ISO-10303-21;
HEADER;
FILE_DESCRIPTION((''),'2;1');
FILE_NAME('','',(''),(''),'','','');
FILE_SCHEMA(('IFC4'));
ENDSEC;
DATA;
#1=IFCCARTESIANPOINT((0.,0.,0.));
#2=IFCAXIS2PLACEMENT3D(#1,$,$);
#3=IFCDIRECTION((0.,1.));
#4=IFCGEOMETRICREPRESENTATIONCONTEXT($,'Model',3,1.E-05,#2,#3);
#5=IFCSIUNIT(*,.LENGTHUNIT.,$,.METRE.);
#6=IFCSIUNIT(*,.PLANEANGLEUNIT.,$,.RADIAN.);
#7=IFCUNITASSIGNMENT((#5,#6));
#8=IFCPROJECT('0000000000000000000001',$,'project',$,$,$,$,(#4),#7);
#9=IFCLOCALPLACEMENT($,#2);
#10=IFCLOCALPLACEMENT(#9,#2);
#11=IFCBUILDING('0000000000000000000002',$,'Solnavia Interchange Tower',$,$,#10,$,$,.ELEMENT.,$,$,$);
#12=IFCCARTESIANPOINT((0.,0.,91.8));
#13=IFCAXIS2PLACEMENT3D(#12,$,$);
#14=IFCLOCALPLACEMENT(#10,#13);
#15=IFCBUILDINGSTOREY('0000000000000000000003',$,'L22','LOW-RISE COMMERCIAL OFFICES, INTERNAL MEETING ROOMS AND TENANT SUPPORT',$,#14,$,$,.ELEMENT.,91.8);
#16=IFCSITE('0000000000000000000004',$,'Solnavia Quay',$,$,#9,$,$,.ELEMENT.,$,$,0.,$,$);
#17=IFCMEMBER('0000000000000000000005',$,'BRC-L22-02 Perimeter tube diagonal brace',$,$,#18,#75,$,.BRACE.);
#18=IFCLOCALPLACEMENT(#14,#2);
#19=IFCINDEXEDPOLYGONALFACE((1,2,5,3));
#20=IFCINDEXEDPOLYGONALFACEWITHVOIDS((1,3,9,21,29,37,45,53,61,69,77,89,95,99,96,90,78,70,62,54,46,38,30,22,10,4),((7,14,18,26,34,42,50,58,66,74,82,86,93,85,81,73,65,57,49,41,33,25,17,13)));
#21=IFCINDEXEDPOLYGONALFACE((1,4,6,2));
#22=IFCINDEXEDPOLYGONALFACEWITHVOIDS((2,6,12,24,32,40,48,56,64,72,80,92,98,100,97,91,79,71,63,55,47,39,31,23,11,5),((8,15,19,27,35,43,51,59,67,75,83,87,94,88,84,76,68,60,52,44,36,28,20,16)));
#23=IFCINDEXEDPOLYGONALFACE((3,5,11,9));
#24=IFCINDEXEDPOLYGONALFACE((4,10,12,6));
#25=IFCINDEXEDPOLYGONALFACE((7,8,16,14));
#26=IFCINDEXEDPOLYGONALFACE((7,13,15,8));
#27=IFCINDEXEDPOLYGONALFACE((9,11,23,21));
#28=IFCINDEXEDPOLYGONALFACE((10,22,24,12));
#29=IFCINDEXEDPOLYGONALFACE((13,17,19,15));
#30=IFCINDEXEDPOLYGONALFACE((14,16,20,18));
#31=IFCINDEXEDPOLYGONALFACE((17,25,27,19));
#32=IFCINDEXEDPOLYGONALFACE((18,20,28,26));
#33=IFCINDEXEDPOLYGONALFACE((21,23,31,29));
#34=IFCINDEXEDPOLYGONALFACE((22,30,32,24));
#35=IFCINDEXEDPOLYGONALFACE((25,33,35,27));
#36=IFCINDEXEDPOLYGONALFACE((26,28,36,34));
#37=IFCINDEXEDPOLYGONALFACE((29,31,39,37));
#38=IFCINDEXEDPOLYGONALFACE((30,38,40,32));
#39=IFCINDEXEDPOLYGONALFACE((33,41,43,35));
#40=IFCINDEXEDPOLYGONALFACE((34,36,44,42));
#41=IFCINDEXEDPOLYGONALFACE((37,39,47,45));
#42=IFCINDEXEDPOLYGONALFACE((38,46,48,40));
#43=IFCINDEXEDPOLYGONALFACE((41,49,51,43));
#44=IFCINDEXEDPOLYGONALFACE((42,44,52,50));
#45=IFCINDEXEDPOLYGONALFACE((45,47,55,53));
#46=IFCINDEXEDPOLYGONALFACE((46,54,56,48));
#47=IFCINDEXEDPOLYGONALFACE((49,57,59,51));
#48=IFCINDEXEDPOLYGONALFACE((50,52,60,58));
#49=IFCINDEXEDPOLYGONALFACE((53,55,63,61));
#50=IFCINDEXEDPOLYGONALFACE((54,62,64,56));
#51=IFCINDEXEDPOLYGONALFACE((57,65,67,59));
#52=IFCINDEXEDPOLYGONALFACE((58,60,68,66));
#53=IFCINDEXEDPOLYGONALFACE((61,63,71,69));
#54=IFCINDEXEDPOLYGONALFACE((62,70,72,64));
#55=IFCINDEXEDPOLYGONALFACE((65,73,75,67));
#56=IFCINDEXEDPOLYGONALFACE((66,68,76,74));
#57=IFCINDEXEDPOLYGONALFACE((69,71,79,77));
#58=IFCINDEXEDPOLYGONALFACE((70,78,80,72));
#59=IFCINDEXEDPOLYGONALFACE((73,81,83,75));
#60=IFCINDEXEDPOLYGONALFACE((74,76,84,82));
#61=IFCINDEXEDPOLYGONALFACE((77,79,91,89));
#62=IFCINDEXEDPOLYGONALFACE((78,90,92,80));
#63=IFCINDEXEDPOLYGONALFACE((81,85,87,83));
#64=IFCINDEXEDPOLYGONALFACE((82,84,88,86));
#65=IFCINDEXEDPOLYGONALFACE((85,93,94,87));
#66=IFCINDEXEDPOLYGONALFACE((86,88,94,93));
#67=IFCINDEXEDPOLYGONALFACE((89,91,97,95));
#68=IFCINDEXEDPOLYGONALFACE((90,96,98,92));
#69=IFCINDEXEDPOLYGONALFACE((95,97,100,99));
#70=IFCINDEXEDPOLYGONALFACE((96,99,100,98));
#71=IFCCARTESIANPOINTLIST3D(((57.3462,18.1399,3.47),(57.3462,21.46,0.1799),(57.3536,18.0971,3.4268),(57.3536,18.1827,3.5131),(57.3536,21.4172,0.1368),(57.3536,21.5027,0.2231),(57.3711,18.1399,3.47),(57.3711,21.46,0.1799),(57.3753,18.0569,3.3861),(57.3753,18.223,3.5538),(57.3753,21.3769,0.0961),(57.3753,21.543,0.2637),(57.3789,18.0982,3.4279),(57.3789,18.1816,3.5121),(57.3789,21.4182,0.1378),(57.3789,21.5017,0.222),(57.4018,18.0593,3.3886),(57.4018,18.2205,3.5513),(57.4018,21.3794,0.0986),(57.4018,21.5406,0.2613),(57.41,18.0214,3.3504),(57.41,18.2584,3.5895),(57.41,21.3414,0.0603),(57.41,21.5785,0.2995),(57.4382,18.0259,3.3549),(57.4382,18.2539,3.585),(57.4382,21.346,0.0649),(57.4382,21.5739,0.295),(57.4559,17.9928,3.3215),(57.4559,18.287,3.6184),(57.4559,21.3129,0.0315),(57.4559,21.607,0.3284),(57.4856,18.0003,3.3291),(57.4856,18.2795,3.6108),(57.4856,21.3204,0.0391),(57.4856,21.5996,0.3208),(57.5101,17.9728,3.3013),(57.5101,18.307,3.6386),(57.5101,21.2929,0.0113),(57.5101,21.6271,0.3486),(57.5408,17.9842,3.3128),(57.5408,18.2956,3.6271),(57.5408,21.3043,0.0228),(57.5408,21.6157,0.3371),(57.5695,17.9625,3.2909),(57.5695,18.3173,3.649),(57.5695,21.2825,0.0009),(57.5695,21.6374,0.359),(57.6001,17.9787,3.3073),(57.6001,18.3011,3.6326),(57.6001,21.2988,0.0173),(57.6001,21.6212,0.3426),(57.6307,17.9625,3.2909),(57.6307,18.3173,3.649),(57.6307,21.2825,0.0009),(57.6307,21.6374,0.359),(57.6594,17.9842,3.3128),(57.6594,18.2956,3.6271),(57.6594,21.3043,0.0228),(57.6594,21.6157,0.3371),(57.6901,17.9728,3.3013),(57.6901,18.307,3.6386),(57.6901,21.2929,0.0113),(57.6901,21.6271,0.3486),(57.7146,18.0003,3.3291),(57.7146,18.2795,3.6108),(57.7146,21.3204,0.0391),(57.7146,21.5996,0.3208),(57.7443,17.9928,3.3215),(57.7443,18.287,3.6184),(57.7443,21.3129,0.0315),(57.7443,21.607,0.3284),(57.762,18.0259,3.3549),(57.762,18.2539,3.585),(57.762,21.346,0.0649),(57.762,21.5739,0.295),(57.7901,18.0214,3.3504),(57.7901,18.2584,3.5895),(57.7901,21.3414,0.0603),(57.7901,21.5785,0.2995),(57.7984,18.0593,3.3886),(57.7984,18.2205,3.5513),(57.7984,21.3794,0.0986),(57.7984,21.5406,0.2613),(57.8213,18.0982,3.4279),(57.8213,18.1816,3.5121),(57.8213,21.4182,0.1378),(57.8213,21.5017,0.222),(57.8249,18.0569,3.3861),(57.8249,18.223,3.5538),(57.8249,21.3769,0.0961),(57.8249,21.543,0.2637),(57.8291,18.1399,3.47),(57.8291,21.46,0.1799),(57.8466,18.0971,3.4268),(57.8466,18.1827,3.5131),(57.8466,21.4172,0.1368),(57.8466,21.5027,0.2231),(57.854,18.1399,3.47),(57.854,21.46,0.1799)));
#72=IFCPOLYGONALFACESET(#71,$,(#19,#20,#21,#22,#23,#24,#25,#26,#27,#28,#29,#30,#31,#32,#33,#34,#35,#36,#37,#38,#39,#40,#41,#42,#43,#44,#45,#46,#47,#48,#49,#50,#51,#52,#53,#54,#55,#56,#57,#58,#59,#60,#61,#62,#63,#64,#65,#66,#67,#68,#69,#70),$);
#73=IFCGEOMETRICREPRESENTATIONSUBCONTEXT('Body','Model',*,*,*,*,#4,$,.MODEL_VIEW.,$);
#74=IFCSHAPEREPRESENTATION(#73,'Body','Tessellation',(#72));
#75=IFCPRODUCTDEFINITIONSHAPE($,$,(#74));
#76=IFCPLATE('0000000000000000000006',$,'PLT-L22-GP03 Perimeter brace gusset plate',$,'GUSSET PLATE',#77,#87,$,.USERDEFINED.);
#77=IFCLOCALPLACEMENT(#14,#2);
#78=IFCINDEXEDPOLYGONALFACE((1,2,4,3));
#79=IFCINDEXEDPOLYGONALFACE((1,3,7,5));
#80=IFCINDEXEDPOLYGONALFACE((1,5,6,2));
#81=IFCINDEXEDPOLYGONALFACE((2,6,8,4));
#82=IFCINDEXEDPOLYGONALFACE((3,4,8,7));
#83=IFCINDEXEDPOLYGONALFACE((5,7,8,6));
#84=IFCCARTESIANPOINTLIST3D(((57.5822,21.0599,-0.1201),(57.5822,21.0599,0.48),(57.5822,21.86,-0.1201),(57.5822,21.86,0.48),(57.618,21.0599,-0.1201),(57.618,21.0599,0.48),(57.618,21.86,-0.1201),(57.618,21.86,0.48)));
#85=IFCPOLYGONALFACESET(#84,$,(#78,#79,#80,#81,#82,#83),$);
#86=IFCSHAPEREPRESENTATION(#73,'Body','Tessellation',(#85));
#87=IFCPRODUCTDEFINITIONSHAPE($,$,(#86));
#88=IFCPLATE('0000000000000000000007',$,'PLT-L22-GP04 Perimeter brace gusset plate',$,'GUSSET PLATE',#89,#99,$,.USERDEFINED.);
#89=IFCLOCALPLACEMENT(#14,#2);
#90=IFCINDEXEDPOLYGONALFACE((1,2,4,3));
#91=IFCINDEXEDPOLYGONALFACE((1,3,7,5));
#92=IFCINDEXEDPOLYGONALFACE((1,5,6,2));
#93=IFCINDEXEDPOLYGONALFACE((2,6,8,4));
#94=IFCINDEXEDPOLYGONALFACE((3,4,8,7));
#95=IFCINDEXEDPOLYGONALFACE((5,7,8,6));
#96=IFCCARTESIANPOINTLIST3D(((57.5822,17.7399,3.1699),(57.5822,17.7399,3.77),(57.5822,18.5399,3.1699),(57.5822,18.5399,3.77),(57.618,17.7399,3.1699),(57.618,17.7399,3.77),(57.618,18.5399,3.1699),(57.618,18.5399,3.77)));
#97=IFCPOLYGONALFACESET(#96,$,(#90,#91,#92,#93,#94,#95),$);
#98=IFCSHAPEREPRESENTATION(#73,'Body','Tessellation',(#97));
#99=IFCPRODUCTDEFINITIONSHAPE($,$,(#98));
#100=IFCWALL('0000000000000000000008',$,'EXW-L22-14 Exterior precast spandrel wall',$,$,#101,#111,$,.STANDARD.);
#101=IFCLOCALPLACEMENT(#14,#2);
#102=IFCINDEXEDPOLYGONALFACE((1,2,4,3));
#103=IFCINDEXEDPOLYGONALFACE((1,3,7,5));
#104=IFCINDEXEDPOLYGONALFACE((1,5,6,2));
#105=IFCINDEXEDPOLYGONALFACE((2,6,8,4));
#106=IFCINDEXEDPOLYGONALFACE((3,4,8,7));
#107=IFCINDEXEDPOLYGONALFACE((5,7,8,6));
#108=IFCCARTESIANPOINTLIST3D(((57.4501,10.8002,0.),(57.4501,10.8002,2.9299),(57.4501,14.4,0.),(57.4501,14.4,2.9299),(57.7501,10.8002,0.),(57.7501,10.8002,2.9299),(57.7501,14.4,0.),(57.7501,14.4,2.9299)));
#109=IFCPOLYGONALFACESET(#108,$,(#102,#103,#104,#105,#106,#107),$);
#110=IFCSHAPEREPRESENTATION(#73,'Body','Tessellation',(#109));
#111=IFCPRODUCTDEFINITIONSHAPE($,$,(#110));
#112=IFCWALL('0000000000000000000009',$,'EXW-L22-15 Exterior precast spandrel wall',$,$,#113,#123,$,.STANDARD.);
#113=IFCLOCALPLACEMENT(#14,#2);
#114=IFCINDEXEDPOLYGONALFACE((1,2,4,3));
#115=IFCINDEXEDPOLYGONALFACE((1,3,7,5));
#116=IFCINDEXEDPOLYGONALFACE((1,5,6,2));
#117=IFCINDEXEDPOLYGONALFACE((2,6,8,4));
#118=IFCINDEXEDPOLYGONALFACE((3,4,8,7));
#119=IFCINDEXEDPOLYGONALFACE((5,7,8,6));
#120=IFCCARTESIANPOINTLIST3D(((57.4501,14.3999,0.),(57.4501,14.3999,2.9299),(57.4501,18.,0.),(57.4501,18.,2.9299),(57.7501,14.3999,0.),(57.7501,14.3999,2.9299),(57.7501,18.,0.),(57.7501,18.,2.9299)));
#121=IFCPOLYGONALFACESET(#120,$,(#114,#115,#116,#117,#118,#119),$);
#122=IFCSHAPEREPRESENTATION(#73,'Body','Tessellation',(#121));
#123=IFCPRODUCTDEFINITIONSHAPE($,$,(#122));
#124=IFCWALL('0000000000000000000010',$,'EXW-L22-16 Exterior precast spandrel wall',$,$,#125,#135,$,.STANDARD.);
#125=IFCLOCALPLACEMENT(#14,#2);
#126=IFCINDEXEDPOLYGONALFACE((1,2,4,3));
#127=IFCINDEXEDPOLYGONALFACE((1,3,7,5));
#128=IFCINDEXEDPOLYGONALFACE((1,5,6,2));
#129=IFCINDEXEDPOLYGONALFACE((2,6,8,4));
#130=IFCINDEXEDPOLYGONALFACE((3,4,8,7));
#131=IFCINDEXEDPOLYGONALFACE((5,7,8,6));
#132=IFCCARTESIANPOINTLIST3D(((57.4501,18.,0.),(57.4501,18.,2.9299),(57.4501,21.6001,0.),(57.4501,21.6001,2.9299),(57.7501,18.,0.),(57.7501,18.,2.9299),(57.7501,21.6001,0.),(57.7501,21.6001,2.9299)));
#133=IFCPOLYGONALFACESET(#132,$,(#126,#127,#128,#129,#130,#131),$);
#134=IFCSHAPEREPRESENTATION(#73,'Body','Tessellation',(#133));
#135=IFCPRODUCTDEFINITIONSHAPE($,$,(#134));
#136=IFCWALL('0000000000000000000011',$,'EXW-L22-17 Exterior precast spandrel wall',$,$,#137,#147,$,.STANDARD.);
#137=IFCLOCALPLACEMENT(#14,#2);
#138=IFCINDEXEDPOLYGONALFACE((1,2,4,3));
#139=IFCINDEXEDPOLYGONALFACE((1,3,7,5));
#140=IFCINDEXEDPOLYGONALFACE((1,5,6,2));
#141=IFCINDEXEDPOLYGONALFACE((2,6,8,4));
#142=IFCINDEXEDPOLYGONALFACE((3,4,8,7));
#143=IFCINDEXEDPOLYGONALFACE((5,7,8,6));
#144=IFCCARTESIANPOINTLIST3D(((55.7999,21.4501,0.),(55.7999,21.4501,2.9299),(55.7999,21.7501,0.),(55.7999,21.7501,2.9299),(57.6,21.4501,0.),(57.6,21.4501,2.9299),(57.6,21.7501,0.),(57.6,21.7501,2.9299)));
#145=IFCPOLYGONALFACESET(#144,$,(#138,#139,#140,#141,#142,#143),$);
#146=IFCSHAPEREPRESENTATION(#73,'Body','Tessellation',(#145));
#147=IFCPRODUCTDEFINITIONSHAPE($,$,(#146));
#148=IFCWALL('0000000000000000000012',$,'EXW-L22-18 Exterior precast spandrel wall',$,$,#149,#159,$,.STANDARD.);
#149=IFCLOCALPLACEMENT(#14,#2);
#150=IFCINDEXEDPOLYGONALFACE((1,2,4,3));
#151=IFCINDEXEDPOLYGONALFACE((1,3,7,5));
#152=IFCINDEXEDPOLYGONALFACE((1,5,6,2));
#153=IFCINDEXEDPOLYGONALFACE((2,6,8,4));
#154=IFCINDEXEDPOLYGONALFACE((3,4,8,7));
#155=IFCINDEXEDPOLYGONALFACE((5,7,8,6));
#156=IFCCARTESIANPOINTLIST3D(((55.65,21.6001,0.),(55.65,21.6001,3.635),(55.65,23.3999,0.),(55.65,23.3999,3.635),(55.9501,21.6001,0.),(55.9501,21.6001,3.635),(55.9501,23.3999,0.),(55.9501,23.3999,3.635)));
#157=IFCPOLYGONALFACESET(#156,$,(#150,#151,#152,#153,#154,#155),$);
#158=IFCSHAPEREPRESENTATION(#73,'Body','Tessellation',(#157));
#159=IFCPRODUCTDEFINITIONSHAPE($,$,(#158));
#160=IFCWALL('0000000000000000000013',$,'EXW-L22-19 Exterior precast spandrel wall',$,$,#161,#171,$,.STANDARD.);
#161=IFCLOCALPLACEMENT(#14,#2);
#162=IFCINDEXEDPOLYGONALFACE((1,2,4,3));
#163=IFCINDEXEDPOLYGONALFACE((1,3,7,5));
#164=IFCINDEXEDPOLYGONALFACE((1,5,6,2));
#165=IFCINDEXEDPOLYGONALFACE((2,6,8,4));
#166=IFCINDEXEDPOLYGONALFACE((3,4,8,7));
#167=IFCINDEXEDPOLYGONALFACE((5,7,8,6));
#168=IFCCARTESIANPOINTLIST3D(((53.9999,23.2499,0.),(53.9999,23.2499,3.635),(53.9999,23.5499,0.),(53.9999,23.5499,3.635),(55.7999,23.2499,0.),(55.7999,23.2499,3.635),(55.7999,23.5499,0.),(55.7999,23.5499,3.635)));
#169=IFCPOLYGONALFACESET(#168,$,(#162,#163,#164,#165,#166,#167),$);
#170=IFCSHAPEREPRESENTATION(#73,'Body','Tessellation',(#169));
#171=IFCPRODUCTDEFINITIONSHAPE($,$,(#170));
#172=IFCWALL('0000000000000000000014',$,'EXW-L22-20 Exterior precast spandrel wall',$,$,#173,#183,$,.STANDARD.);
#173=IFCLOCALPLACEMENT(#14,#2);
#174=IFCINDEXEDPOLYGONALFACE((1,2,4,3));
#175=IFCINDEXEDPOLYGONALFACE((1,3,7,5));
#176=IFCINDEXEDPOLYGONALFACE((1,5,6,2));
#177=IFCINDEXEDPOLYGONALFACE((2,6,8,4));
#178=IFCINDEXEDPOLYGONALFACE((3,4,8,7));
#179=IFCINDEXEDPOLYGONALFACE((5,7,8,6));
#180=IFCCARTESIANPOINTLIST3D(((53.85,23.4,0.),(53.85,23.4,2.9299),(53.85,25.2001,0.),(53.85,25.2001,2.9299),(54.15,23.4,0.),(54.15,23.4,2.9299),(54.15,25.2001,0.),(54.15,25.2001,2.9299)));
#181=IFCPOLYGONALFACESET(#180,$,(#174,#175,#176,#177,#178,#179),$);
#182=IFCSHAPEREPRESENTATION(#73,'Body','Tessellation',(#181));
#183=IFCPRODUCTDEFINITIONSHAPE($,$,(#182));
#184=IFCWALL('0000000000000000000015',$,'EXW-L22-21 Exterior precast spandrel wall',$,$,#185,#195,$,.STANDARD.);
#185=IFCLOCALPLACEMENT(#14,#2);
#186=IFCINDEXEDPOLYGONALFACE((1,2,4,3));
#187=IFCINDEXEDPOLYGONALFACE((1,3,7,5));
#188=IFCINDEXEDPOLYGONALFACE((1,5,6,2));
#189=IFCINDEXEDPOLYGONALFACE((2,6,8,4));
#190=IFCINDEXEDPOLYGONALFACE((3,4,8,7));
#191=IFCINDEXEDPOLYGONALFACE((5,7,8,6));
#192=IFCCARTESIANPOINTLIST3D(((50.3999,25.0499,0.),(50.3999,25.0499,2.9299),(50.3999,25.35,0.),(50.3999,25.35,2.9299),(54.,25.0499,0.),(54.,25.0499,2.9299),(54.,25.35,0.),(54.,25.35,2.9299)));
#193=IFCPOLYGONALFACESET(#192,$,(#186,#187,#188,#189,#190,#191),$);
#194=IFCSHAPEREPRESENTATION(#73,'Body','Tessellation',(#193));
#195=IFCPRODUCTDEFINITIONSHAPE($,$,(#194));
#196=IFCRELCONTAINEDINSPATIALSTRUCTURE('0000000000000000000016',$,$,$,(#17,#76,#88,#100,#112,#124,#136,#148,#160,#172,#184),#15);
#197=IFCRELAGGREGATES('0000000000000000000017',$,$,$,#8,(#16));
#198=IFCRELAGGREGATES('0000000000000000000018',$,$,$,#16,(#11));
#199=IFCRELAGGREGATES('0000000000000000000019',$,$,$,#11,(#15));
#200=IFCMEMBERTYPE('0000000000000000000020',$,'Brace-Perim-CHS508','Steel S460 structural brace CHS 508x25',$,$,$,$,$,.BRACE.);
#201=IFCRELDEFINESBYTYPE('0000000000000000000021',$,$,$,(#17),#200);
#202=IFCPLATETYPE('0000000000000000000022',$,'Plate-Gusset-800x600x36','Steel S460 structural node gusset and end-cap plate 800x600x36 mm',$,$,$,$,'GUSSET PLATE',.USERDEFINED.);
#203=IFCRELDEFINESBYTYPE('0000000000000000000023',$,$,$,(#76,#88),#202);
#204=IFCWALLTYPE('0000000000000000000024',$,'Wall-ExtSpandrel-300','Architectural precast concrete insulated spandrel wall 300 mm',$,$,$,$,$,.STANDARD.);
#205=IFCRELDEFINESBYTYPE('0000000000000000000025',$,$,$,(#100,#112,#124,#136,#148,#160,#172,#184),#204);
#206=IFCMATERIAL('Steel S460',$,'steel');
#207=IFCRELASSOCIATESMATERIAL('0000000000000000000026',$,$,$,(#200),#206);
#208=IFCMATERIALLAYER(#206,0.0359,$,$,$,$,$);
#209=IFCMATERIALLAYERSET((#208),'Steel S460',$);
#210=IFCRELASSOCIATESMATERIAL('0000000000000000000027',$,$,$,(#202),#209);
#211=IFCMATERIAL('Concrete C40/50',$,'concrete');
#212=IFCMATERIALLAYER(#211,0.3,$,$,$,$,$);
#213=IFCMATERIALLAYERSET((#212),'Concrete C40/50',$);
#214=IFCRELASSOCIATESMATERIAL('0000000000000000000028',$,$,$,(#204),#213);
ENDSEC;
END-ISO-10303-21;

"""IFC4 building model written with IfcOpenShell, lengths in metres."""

from ifc_helpers import new_model, si_unit, direction, frame, frame_2d, origin, origin_2d, place, context, subcontext, project, spatial, rectangle, hollow_circle, extrude, material, layer, layer_set, material_profile, profile_set, type_object, element, save


model = new_model("IFC4")

# Units and contexts
model_context = context("Model", 3, precision=1e-05, world=origin(), true_north=direction((0.0, 1.0)))
body_context = subcontext(model_context, "Body", "Model", "MODEL_VIEW")
ifc_project = project(units=[si_unit("LENGTHUNIT", "METRE"), si_unit("PLANEANGLEUNIT", "RADIAN")], contexts=[model_context])

# Site, building, storey
site_placement = place(None, origin())
site = spatial("IfcSite", under=ifc_project, at=site_placement, Name="Solnavia Quay", CompositionType="ELEMENT", RefElevation=0.0)
building_placement = place(site_placement, origin())
building = spatial("IfcBuilding", under=site, at=building_placement, Name="Solnavia Interchange Tower", CompositionType="ELEMENT")
storey_placement = place(building_placement, frame((0.0, 0.0, 91.8)))
storey = spatial("IfcBuildingStorey", under=building, at=storey_placement, Name="L22", Description="LOW-RISE COMMERCIAL OFFICES, INTERNAL MEETING ROOMS AND TENANT SUPPORT", CompositionType="ELEMENT", Elevation=91.8)

# Shared definitions
ifc_material_1 = material(Name="Steel S460", Category="steel")

# Member
ifc_material_profile_1 = material_profile(ifc_material_1, hollow_circle(Radius=0.2539, WallThickness=0.0249, at=origin_2d()), Name="CHS 508x25")
ifc_profile_set_1 = profile_set([ifc_material_profile_1], Name="Steel S460")
member_type = type_object("IfcMemberType", Name="Brace-Perim-CHS508", Description="Steel S460 structural brace CHS 508x25", PredefinedType="BRACE", material=ifc_profile_set_1)
member_placement = place(storey_placement, frame((57.6001, 21.46, 0.1799), z_axis=(0.0, -0.710312, 0.703887), x_axis=(1.0, 0.0, 0.0)))
element("IfcMember", 1, at=member_placement, inside=storey, type_object=member_type, Name="BRC-L22-02 Perimeter tube diagonal brace", PredefinedType="BRACE", context=body_context, shape_type="SweptSolid", body=[
    extrude(hollow_circle(Radius=0.2539, WallThickness=0.0249, at=origin_2d()), origin(), (0.0, 0.0, 1.0), 4.6741),
])

# Plates
ifc_layer_1 = layer(ifc_material_1, 0.0359)
ifc_layer_set_1 = layer_set([ifc_layer_1], Name="Steel S460")
plate_type = type_object("IfcPlateType", Name="Plate-Gusset-800x600x36", Description="Steel S460 structural node gusset and end-cap plate 800x600x36 mm", ElementType="GUSSET PLATE", PredefinedType="USERDEFINED", material=ifc_layer_set_1)
for number, where, z_axis, x_axis, name in (
    (2, (57.6001, 21.46, -0.1201), (0.0, 0.0, 1.0), (0.0, -1.0, 0.0), "PLT-L22-GP03 Perimeter brace gusset plate"),
    (3, (57.6001, 18.1399, 3.1699), (0.0, 0.0, 1.0), (0.0, -1.0, 0.0), "PLT-L22-GP04 Perimeter brace gusset plate"),
):
    element("IfcPlate", number, at=place(storey_placement, frame(where, z_axis=z_axis, x_axis=x_axis)), inside=storey, type_object=plate_type, Name=name, ObjectType="GUSSET PLATE", PredefinedType="USERDEFINED", context=body_context, shape_type="SweptSolid", body=[
        extrude(rectangle(XDim=0.8, YDim=0.0359, at=origin_2d()), origin(), (0.0, 0.0, 1.0), 0.6001),
    ])

# Walls
ifc_material_2 = material(Name="Concrete C40/50", Category="concrete")
ifc_layer_2 = layer(ifc_material_2, 0.3)
ifc_layer_set_2 = layer_set([ifc_layer_2], Name="Concrete C40/50")
wall_type = type_object("IfcWallType", Name="Wall-ExtSpandrel-300", Description="Architectural precast concrete insulated spandrel wall 300 mm", PredefinedType="STANDARD", material=ifc_layer_set_2)
wall_1_placement = place(storey_placement, frame((57.6001, 14.3999, 0.0), z_axis=(0.0, 0.0, 1.0), x_axis=(0.0, -1.0, 0.0)))
element("IfcWall", 4, at=wall_1_placement, inside=storey, type_object=wall_type, Name="EXW-L22-14 Exterior precast spandrel wall", PredefinedType="STANDARD", context=body_context, shape_type="SweptSolid", body=[
    extrude(rectangle(XDim=3.5999, YDim=0.3, at=frame_2d((1.7998, 0.0))), origin(), (0.0, 0.0, 1.0), 2.9299),
])
for number, where, z_axis, x_axis, name in (
    (5, (57.6001, 18.0, 0.0), (0.0, 0.0, 1.0), (0.0, -1.0, 0.0), "EXW-L22-15 Exterior precast spandrel wall"),
    (6, (57.6001, 21.6001, 0.0), (0.0, 0.0, 1.0), (0.0, -1.0, 0.0), "EXW-L22-16 Exterior precast spandrel wall"),
):
    element("IfcWall", number, at=place(storey_placement, frame(where, z_axis=z_axis, x_axis=x_axis)), inside=storey, type_object=wall_type, Name=name, PredefinedType="STANDARD", context=body_context, shape_type="SweptSolid", body=[
        extrude(rectangle(XDim=3.6001, YDim=0.3, at=frame_2d((1.8, 0.0))), origin(), (0.0, 0.0, 1.0), 2.9299),
    ])
wall_2_placement = place(storey_placement, frame((55.8, 21.6001, 0.0), z_axis=(0.0, 0.0, 1.0), x_axis=(1.0, 0.0, 0.0)))
element("IfcWall", 7, at=wall_2_placement, inside=storey, type_object=wall_type, Name="EXW-L22-17 Exterior precast spandrel wall", PredefinedType="STANDARD", context=body_context, shape_type="SweptSolid", body=[
    extrude(rectangle(XDim=1.8, YDim=0.3, at=frame_2d((0.8999, 0.0))), origin(), (0.0, 0.0, 1.0), 2.9299),
])
wall_3_placement = place(storey_placement, frame((55.8, 23.3999, 0.0), z_axis=(0.0, 0.0, 1.0), x_axis=(0.0, -1.0, 0.0)))
element("IfcWall", 8, at=wall_3_placement, inside=storey, type_object=wall_type, Name="EXW-L22-18 Exterior precast spandrel wall", PredefinedType="STANDARD", context=body_context, shape_type="SweptSolid", body=[
    extrude(rectangle(XDim=1.7998, YDim=0.3, at=frame_2d((0.8999, 0.0))), origin(), (0.0, 0.0, 1.0), 3.635),
])
wall_4_placement = place(storey_placement, frame((54.0, 23.3999, 0.0), z_axis=(0.0, 0.0, 1.0), x_axis=(1.0, 0.0, 0.0)))
element("IfcWall", 9, at=wall_4_placement, inside=storey, type_object=wall_type, Name="EXW-L22-19 Exterior precast spandrel wall", PredefinedType="STANDARD", context=body_context, shape_type="SweptSolid", body=[
    extrude(rectangle(XDim=1.8, YDim=0.3, at=frame_2d((0.8999, 0.0))), origin(), (0.0, 0.0, 1.0), 3.635),
])
wall_5_placement = place(storey_placement, frame((54.0, 25.2, 0.0), z_axis=(0.0, 0.0, 1.0), x_axis=(0.0, -1.0, 0.0)))
element("IfcWall", 10, at=wall_5_placement, inside=storey, type_object=wall_type, Name="EXW-L22-20 Exterior precast spandrel wall", PredefinedType="STANDARD", context=body_context, shape_type="SweptSolid", body=[
    extrude(rectangle(XDim=1.8, YDim=0.3, at=frame_2d((0.8999, 0.0))), origin(), (0.0, 0.0, 1.0), 2.9299),
])
wall_6_placement = place(storey_placement, frame((50.3999, 25.2, 0.0), z_axis=(0.0, 0.0, 1.0), x_axis=(1.0, 0.0, 0.0)))
element("IfcWall", 11, at=wall_6_placement, inside=storey, type_object=wall_type, Name="EXW-L22-21 Exterior precast spandrel wall", PredefinedType="STANDARD", context=body_context, shape_type="SweptSolid", body=[
    extrude(rectangle(XDim=3.6001, YDim=0.3, at=frame_2d((1.8, 0.0))), origin(), (0.0, 0.0, 1.0), 2.9299),
])

save(model, "model.ifc")
